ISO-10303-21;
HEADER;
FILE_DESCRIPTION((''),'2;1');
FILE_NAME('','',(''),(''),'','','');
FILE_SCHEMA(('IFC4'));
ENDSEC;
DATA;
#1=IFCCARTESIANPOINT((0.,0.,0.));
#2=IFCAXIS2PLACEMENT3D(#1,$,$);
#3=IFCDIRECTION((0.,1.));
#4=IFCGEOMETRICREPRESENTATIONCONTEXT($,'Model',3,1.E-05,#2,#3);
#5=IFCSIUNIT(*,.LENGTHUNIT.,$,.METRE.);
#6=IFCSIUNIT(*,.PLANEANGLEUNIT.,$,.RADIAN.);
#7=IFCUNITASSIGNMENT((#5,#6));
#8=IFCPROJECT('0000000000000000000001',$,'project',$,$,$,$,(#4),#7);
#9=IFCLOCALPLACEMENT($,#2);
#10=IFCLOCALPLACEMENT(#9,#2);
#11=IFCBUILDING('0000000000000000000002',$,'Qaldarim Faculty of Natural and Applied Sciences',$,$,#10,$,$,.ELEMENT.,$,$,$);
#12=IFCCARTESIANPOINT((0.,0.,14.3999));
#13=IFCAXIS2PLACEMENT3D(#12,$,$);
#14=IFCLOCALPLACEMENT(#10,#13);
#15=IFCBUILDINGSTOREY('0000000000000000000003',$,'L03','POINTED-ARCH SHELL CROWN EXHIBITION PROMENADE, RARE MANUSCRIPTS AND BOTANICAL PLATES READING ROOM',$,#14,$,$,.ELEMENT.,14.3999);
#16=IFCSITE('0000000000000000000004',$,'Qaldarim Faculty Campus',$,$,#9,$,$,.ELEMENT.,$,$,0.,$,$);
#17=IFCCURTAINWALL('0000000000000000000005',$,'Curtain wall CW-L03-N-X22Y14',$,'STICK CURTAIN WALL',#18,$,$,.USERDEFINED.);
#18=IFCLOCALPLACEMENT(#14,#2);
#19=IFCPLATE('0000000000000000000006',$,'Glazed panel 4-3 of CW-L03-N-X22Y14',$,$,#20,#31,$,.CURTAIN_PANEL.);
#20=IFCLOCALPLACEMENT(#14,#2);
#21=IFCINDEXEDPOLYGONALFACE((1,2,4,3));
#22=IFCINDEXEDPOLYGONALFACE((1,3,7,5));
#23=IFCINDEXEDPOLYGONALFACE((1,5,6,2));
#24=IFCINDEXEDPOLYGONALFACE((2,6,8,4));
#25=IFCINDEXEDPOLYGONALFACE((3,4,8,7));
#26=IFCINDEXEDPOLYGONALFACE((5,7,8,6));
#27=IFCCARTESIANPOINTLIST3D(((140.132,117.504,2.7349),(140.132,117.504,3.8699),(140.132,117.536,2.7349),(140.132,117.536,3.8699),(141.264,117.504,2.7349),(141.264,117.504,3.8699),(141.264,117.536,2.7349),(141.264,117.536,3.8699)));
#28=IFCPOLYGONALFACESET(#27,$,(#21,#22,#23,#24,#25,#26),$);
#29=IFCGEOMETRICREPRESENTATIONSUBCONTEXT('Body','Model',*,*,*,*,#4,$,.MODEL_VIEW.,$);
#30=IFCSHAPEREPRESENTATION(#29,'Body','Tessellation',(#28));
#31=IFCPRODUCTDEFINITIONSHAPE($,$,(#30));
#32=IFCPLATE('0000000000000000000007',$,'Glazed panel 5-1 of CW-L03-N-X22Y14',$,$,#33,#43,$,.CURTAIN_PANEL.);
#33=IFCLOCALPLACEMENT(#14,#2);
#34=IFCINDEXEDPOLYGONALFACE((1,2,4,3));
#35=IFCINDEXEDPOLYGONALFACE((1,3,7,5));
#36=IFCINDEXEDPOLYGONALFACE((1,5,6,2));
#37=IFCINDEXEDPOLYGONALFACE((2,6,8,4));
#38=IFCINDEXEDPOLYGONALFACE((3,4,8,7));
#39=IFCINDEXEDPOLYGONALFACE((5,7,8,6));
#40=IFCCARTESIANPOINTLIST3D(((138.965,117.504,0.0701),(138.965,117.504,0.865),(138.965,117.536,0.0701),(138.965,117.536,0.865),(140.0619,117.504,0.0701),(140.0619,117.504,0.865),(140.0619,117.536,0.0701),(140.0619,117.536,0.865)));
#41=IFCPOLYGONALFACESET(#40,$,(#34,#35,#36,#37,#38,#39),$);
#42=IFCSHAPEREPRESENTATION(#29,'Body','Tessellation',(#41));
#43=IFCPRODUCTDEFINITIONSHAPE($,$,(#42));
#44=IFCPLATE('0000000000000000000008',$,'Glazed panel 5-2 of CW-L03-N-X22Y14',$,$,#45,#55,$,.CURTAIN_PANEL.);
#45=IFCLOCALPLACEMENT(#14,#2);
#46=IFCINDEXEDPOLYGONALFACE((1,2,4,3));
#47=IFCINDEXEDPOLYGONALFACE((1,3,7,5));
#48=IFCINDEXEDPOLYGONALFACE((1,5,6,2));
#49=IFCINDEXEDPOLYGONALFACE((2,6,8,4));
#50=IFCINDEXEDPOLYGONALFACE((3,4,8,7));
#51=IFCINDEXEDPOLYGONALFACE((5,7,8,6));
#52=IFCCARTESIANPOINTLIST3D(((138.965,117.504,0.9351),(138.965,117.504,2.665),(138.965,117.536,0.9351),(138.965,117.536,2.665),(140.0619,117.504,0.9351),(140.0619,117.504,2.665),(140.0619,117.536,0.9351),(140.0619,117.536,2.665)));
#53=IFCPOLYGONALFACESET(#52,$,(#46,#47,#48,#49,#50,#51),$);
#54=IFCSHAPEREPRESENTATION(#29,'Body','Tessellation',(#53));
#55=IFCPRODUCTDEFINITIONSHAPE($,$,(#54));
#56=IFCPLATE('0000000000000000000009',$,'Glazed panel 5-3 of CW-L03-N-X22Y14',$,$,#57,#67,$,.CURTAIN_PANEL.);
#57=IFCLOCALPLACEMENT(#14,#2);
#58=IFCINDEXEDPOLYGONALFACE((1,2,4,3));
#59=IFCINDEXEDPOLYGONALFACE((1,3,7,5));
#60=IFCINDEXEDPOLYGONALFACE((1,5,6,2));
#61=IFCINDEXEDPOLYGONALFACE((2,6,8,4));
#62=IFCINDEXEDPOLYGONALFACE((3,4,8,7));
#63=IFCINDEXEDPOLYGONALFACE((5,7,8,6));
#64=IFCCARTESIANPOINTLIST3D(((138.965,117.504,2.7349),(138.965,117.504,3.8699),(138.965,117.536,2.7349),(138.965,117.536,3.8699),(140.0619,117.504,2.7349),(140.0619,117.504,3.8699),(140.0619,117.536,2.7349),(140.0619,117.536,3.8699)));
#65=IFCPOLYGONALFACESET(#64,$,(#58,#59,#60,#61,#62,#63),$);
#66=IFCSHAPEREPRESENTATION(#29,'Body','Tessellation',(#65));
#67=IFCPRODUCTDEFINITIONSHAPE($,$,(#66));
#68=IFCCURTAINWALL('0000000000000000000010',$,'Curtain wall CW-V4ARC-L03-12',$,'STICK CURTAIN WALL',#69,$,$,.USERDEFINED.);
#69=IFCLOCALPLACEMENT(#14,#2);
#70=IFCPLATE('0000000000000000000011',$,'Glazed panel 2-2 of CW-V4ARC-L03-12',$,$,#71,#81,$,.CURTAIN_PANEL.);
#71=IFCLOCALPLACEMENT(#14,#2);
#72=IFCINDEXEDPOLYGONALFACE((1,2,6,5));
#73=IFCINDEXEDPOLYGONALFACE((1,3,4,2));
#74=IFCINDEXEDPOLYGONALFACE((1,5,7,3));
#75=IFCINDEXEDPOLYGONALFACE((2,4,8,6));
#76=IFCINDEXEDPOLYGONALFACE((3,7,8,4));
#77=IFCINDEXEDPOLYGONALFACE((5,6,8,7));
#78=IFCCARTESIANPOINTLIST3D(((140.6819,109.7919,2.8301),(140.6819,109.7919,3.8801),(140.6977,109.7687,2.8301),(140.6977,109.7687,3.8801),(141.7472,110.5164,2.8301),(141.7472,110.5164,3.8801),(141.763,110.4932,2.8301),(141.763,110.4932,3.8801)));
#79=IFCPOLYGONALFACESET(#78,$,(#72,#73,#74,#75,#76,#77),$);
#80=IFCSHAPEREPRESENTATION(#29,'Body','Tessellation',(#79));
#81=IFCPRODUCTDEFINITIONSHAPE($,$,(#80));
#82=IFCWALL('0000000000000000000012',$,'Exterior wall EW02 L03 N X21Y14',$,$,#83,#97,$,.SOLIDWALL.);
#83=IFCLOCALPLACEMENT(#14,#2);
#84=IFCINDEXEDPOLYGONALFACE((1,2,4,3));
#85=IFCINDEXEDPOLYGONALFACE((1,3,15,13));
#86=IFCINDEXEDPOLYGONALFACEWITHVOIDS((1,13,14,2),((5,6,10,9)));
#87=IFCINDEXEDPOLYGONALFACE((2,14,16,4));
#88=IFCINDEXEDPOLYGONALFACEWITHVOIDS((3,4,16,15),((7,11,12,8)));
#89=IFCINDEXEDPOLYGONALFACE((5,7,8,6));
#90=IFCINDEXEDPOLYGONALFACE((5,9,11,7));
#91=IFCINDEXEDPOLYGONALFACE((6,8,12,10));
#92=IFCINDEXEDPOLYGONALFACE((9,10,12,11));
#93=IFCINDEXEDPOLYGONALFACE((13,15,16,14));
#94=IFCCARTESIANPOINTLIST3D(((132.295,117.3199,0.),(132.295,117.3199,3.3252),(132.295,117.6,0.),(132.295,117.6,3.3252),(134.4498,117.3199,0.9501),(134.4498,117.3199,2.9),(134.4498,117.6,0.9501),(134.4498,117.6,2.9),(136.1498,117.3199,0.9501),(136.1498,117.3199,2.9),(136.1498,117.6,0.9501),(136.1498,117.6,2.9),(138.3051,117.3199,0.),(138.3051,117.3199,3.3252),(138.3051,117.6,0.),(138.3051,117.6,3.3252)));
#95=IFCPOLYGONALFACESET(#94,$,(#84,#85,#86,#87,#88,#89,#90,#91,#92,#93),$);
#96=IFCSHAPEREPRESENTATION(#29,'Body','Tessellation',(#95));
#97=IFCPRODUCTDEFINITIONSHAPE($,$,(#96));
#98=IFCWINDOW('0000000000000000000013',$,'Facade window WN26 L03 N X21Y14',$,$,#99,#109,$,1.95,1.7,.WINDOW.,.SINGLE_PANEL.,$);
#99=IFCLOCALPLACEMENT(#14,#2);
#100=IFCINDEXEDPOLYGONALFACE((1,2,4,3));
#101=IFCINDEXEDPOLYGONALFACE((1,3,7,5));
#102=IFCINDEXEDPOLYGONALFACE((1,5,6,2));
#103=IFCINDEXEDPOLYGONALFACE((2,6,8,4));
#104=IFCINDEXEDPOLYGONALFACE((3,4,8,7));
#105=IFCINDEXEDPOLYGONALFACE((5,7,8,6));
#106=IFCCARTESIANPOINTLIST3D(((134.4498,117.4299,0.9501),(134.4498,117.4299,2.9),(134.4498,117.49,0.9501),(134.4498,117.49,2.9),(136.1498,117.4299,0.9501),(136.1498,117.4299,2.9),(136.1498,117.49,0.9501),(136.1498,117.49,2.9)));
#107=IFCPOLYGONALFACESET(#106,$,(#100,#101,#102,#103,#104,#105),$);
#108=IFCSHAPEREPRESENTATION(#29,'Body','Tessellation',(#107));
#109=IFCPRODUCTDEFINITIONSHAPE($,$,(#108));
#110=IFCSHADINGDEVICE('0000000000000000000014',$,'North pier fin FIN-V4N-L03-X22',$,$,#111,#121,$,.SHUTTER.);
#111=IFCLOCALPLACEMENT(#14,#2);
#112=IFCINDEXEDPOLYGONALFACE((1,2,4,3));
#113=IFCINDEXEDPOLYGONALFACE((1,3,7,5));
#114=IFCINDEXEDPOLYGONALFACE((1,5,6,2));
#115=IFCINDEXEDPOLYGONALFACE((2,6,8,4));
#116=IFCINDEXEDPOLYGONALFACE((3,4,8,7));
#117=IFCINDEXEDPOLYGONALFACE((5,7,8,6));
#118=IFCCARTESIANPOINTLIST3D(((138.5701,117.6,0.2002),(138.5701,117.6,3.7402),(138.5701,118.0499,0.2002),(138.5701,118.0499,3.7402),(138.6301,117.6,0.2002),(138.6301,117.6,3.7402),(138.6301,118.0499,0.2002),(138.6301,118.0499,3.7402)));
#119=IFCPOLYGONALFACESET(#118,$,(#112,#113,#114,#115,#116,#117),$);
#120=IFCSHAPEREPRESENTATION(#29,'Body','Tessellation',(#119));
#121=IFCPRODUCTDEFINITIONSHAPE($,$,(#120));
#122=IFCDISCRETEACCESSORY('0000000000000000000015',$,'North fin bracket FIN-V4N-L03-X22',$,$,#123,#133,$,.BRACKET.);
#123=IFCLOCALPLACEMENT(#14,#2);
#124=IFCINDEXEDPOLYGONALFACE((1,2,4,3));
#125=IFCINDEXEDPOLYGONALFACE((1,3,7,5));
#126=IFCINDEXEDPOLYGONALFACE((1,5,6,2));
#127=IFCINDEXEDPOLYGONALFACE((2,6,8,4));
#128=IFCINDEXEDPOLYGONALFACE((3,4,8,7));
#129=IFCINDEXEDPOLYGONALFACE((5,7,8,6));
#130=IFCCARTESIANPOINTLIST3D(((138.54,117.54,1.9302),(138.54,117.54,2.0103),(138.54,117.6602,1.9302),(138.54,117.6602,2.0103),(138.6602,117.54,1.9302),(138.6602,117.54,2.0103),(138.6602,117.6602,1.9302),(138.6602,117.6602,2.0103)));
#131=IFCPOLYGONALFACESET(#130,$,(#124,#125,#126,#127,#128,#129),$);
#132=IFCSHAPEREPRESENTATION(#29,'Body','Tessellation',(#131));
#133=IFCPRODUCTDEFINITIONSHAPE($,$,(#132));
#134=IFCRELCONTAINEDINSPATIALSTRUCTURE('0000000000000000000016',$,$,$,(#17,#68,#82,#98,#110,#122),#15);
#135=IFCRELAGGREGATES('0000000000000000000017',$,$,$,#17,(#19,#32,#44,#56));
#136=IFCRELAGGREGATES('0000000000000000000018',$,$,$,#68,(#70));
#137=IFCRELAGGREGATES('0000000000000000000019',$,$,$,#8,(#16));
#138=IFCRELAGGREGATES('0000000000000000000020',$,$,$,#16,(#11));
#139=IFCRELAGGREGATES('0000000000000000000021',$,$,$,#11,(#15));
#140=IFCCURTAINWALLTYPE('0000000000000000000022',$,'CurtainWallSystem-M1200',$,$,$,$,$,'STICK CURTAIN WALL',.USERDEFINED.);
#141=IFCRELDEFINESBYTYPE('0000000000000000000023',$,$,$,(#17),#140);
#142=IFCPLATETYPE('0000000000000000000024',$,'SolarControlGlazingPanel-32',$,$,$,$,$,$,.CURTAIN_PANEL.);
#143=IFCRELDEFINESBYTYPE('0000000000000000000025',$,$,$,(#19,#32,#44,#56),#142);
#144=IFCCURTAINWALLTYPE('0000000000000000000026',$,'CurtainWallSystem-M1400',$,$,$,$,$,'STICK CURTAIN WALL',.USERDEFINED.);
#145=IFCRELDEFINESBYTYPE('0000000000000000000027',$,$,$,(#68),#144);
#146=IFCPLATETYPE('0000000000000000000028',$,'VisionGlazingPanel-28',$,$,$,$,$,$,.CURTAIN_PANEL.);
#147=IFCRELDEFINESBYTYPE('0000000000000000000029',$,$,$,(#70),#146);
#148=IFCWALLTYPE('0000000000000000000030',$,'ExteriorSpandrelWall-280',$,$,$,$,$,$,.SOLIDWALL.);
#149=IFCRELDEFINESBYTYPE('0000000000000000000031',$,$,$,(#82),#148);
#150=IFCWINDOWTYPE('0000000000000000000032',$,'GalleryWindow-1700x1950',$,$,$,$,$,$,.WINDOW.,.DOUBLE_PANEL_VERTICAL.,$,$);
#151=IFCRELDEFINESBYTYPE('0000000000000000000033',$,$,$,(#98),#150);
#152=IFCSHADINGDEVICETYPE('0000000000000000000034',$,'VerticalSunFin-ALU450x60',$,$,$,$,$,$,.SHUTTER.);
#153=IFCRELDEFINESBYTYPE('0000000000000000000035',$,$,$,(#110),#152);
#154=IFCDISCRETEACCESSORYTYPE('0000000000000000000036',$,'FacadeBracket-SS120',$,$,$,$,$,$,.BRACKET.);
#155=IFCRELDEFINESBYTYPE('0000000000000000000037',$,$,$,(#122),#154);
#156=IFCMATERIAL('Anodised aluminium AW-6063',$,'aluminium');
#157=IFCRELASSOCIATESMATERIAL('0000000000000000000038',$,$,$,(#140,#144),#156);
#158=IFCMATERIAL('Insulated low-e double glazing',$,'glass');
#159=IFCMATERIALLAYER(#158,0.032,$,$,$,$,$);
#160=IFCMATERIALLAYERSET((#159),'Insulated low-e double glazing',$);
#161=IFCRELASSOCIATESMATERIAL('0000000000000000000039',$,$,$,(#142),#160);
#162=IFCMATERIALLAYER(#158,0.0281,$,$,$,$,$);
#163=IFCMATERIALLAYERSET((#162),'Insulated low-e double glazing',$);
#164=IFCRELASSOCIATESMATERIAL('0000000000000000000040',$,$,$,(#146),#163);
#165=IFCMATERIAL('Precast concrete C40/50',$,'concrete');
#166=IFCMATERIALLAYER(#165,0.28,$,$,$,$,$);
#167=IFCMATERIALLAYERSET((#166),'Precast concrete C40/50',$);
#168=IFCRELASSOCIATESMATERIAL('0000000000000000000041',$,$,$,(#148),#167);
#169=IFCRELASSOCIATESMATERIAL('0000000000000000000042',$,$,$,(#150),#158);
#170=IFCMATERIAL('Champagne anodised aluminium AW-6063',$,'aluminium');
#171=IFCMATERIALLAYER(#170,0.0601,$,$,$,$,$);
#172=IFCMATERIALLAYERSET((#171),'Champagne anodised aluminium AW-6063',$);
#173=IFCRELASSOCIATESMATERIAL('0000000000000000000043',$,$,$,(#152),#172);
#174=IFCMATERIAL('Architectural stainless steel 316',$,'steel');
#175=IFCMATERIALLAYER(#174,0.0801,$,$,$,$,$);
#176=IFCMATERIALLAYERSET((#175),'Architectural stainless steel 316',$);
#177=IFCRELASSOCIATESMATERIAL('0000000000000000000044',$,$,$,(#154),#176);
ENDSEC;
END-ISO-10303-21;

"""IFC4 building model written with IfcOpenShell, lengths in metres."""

from ifc_helpers import new_model, si_unit, direction, frame, frame_2d, origin, origin_2d, place, context, subcontext, project, spatial, rectangle, extrude, material, layer, layer_set, type_object, element, fill, aggregate, save


model = new_model("IFC4")

# Units and contexts
model_context = context("Model", 3, precision=1e-05, world=origin(), true_north=direction((0.0, 1.0)))
body_context = subcontext(model_context, "Body", "Model", "MODEL_VIEW")
ifc_project = project(units=[si_unit("LENGTHUNIT", "METRE"), si_unit("PLANEANGLEUNIT", "RADIAN")], contexts=[model_context])

# Site, building, storey
site_placement = place(None, origin())
site = spatial("IfcSite", under=ifc_project, at=site_placement, Name="Qaldarim Faculty Campus", CompositionType="ELEMENT", RefElevation=0.0)
building_placement = place(site_placement, origin())
building = spatial("IfcBuilding", under=site, at=building_placement, Name="Qaldarim Faculty of Natural and Applied Sciences", CompositionType="ELEMENT")
storey_placement = place(building_placement, frame((0.0, 0.0, 14.3999)))
storey = spatial("IfcBuildingStorey", under=building, at=storey_placement, Name="L03", Description="POINTED-ARCH SHELL CROWN EXHIBITION PROMENADE, RARE MANUSCRIPTS AND BOTANICAL PLATES READING ROOM", CompositionType="ELEMENT", Elevation=14.3999)

# Curtain wall
ifc_material_1 = material(Name="Anodised aluminium AW-6063", Category="aluminium")
curtain_wall_type_1 = type_object("IfcCurtainWallType", Name="CurtainWallSystem-M1200", ElementType="STICK CURTAIN WALL", PredefinedType="USERDEFINED", material=ifc_material_1)
curtain_wall_1_placement = place(storey_placement, origin())
curtain_wall_1 = element("IfcCurtainWall", 1, at=curtain_wall_1_placement, inside=storey, type_object=curtain_wall_type_1, Name="Curtain wall CW-L03-N-X22Y14", ObjectType="STICK CURTAIN WALL", PredefinedType="USERDEFINED")

# Shared definitions
ifc_material_2 = material(Name="Precast concrete C40/50", Category="concrete")

# Plates
ifc_material_3 = material(Name="Insulated low-e double glazing", Category="glass")
ifc_layer_1 = layer(ifc_material_3, 0.032)
ifc_layer_set_1 = layer_set([ifc_layer_1], Name="Insulated low-e double glazing")
plate_type_1 = type_object("IfcPlateType", Name="SolarControlGlazingPanel-32", PredefinedType="CURTAIN_PANEL", material=ifc_layer_set_1)
plate_1_placement = place(storey_placement, frame((140.698, 117.52, 2.7349), z_axis=(0.0, 0.0, 1.0), x_axis=(-1.0, 0.0, 0.0)))
plate_1 = element("IfcPlate", 2, at=plate_1_placement, type_object=plate_type_1, Name="Glazed panel 4-3 of CW-L03-N-X22Y14", PredefinedType="CURTAIN_PANEL", context=body_context, shape_type="SweptSolid", body=[
    extrude(rectangle(XDim=1.1321, YDim=0.032, at=origin_2d()), origin(), (0.0, 0.0, 1.0), 1.135),
])
plate_2_placement = place(storey_placement, frame((139.5134, 117.52, 0.0701), z_axis=(0.0, 0.0, 1.0), x_axis=(-1.0, 0.0, 0.0)))
plate_2 = element("IfcPlate", 3, at=plate_2_placement, type_object=plate_type_1, Name="Glazed panel 5-1 of CW-L03-N-X22Y14", PredefinedType="CURTAIN_PANEL", context=body_context, shape_type="SweptSolid", body=[
    extrude(rectangle(XDim=1.0969, YDim=0.032, at=origin_2d()), origin(), (0.0, 0.0, 1.0), 0.7949),
])
plate_3_placement = place(storey_placement, frame((139.5134, 117.52, 0.9351), z_axis=(0.0, 0.0, 1.0), x_axis=(-1.0, 0.0, 0.0)))
plate_3 = element("IfcPlate", 4, at=plate_3_placement, type_object=plate_type_1, Name="Glazed panel 5-2 of CW-L03-N-X22Y14", PredefinedType="CURTAIN_PANEL", context=body_context, shape_type="SweptSolid", body=[
    extrude(rectangle(XDim=1.0969, YDim=0.032, at=origin_2d()), origin(), (0.0, 0.0, 1.0), 1.73),
])
plate_4_placement = place(storey_placement, frame((139.5134, 117.52, 2.7349), z_axis=(0.0, 0.0, 1.0), x_axis=(-1.0, 0.0, 0.0)))
plate_4 = element("IfcPlate", 5, at=plate_4_placement, type_object=plate_type_1, Name="Glazed panel 5-3 of CW-L03-N-X22Y14", PredefinedType="CURTAIN_PANEL", context=body_context, shape_type="SweptSolid", body=[
    extrude(rectangle(XDim=1.0969, YDim=0.032, at=origin_2d()), origin(), (0.0, 0.0, 1.0), 1.135),
])
aggregate(curtain_wall_1, [plate_1, plate_2, plate_3, plate_4])

# Curtain wall, plate
curtain_wall_type_2 = type_object("IfcCurtainWallType", Name="CurtainWallSystem-M1400", ElementType="STICK CURTAIN WALL", PredefinedType="USERDEFINED", material=ifc_material_1)
curtain_wall_2_placement = place(storey_placement, origin())
curtain_wall_2 = element("IfcCurtainWall", 6, at=curtain_wall_2_placement, inside=storey, type_object=curtain_wall_type_2, Name="Curtain wall CW-V4ARC-L03-12", ObjectType="STICK CURTAIN WALL", PredefinedType="USERDEFINED")
ifc_layer_2 = layer(ifc_material_3, 0.0281)
ifc_layer_set_2 = layer_set([ifc_layer_2], Name="Insulated low-e double glazing")
plate_type_2 = type_object("IfcPlateType", Name="VisionGlazingPanel-28", PredefinedType="CURTAIN_PANEL", material=ifc_layer_set_2)
plate_5_placement = place(storey_placement, frame((141.2224, 110.1426, 2.8301), z_axis=(0.0, 0.0, 1.0), x_axis=(0.826884, 0.562372, 0.0)))
plate_5 = element("IfcPlate", 7, at=plate_5_placement, type_object=plate_type_2, Name="Glazed panel 2-2 of CW-V4ARC-L03-12", PredefinedType="CURTAIN_PANEL", context=body_context, shape_type="SweptSolid", body=[
    extrude(rectangle(XDim=1.2883, YDim=0.0281, at=origin_2d()), origin(), (0.0, 0.0, 1.0), 1.05),
])
aggregate(curtain_wall_2, [plate_5])

# Wall, opening, window
ifc_layer_3 = layer(ifc_material_2, 0.28)
ifc_layer_set_3 = layer_set([ifc_layer_3], Name="Precast concrete C40/50")
wall_type = type_object("IfcWallType", Name="ExteriorSpandrelWall-280", PredefinedType="SOLIDWALL", material=ifc_layer_set_3)
wall_placement = place(storey_placement, frame((138.3049, 117.46, 0.0), z_axis=(0.0, 0.0, 1.0), x_axis=(-1.0, 0.0, 0.0)))
wall = element("IfcWall", 8, at=wall_placement, inside=storey, type_object=wall_type, Name="Exterior wall EW02 L03 N X21Y14", PredefinedType="SOLIDWALL", context=body_context, shape_type="SweptSolid", body=[
    extrude(rectangle(XDim=6.01, YDim=0.28, at=frame_2d((3.0049, 0.0))), origin(), (0.0, 0.0, 1.0), 3.3252),
])
opening_placement = place(wall_placement, frame((2.155, 0.0, 0.95)))
opening = element("IfcOpeningElement", 9, at=opening_placement, cuts=wall, PredefinedType="OPENING", context=body_context, shape_type="SweptSolid", body=[
    extrude(rectangle(XDim=1.7, YDim=1.95, at=frame_2d((0.8501, 0.9751))), frame((0.0, 0.1499, 0.0), z_axis=(0.0, -1.0, 0.0), x_axis=(1.0, 0.0, 0.0)), (0.0, 0.0, 1.0), 0.3),
])
window_type = type_object("IfcWindowType", Name="GalleryWindow-1700x1950", PartitioningType="DOUBLE_PANEL_VERTICAL", PredefinedType="WINDOW", material=ifc_material_3)
window_placement = place(opening_placement, origin())
window = element("IfcWindow", 10, at=window_placement, inside=storey, type_object=window_type, Name="Facade window WN26 L03 N X21Y14", OverallHeight=1.95, OverallWidth=1.7, PartitioningType="SINGLE_PANEL", PredefinedType="WINDOW", context=body_context, shape_type="SweptSolid", body=[
    extrude(rectangle(XDim=1.7, YDim=1.95, at=frame_2d((0.8501, 0.9751))), frame((0.0, 0.03, 0.0), z_axis=(0.0, -1.0, 0.0), x_axis=(1.0, 0.0, 0.0)), (0.0, 0.0, 1.0), 0.0601),
])
fill(opening, window)

# Shading device
ifc_material_4 = material(Name="Champagne anodised aluminium AW-6063", Category="aluminium")
ifc_layer_4 = layer(ifc_material_4, 0.0601)
ifc_layer_set_4 = layer_set([ifc_layer_4], Name="Champagne anodised aluminium AW-6063")
shading_device_type = type_object("IfcShadingDeviceType", Name="VerticalSunFin-ALU450x60", PredefinedType="SHUTTER", material=ifc_layer_set_4)
shading_device_placement = place(storey_placement, frame((138.6001, 117.825, 0.2002), z_axis=(0.0, 0.0, 1.0), x_axis=(1.0, 0.0, 0.0)))
element("IfcShadingDevice", 11, at=shading_device_placement, inside=storey, type_object=shading_device_type, Name="North pier fin FIN-V4N-L03-X22", PredefinedType="SHUTTER", context=body_context, shape_type="SweptSolid", body=[
    extrude(rectangle(XDim=0.0601, YDim=0.45, at=origin_2d()), origin(), (0.0, 0.0, 1.0), 3.54),
])

# Discrete accessory
ifc_material_5 = material(Name="Architectural stainless steel 316", Category="steel")
ifc_layer_5 = layer(ifc_material_5, 0.0801)
ifc_layer_set_5 = layer_set([ifc_layer_5], Name="Architectural stainless steel 316")
discrete_accessory_type = type_object("IfcDiscreteAccessoryType", Name="FacadeBracket-SS120", PredefinedType="BRACKET", material=ifc_layer_set_5)
discrete_accessory_placement = place(storey_placement, frame((138.6001, 117.6001, 1.9302), z_axis=(0.0, 0.0, 1.0), x_axis=(1.0, 0.0, 0.0)))
element("IfcDiscreteAccessory", 12, at=discrete_accessory_placement, inside=storey, type_object=discrete_accessory_type, Name="North fin bracket FIN-V4N-L03-X22", PredefinedType="BRACKET", context=body_context, shape_type="SweptSolid", body=[
    extrude(rectangle(XDim=0.1201, YDim=0.1201, at=origin_2d()), origin(), (0.0, 0.0, 1.0), 0.0801),
])

save(model, "model.ifc")
